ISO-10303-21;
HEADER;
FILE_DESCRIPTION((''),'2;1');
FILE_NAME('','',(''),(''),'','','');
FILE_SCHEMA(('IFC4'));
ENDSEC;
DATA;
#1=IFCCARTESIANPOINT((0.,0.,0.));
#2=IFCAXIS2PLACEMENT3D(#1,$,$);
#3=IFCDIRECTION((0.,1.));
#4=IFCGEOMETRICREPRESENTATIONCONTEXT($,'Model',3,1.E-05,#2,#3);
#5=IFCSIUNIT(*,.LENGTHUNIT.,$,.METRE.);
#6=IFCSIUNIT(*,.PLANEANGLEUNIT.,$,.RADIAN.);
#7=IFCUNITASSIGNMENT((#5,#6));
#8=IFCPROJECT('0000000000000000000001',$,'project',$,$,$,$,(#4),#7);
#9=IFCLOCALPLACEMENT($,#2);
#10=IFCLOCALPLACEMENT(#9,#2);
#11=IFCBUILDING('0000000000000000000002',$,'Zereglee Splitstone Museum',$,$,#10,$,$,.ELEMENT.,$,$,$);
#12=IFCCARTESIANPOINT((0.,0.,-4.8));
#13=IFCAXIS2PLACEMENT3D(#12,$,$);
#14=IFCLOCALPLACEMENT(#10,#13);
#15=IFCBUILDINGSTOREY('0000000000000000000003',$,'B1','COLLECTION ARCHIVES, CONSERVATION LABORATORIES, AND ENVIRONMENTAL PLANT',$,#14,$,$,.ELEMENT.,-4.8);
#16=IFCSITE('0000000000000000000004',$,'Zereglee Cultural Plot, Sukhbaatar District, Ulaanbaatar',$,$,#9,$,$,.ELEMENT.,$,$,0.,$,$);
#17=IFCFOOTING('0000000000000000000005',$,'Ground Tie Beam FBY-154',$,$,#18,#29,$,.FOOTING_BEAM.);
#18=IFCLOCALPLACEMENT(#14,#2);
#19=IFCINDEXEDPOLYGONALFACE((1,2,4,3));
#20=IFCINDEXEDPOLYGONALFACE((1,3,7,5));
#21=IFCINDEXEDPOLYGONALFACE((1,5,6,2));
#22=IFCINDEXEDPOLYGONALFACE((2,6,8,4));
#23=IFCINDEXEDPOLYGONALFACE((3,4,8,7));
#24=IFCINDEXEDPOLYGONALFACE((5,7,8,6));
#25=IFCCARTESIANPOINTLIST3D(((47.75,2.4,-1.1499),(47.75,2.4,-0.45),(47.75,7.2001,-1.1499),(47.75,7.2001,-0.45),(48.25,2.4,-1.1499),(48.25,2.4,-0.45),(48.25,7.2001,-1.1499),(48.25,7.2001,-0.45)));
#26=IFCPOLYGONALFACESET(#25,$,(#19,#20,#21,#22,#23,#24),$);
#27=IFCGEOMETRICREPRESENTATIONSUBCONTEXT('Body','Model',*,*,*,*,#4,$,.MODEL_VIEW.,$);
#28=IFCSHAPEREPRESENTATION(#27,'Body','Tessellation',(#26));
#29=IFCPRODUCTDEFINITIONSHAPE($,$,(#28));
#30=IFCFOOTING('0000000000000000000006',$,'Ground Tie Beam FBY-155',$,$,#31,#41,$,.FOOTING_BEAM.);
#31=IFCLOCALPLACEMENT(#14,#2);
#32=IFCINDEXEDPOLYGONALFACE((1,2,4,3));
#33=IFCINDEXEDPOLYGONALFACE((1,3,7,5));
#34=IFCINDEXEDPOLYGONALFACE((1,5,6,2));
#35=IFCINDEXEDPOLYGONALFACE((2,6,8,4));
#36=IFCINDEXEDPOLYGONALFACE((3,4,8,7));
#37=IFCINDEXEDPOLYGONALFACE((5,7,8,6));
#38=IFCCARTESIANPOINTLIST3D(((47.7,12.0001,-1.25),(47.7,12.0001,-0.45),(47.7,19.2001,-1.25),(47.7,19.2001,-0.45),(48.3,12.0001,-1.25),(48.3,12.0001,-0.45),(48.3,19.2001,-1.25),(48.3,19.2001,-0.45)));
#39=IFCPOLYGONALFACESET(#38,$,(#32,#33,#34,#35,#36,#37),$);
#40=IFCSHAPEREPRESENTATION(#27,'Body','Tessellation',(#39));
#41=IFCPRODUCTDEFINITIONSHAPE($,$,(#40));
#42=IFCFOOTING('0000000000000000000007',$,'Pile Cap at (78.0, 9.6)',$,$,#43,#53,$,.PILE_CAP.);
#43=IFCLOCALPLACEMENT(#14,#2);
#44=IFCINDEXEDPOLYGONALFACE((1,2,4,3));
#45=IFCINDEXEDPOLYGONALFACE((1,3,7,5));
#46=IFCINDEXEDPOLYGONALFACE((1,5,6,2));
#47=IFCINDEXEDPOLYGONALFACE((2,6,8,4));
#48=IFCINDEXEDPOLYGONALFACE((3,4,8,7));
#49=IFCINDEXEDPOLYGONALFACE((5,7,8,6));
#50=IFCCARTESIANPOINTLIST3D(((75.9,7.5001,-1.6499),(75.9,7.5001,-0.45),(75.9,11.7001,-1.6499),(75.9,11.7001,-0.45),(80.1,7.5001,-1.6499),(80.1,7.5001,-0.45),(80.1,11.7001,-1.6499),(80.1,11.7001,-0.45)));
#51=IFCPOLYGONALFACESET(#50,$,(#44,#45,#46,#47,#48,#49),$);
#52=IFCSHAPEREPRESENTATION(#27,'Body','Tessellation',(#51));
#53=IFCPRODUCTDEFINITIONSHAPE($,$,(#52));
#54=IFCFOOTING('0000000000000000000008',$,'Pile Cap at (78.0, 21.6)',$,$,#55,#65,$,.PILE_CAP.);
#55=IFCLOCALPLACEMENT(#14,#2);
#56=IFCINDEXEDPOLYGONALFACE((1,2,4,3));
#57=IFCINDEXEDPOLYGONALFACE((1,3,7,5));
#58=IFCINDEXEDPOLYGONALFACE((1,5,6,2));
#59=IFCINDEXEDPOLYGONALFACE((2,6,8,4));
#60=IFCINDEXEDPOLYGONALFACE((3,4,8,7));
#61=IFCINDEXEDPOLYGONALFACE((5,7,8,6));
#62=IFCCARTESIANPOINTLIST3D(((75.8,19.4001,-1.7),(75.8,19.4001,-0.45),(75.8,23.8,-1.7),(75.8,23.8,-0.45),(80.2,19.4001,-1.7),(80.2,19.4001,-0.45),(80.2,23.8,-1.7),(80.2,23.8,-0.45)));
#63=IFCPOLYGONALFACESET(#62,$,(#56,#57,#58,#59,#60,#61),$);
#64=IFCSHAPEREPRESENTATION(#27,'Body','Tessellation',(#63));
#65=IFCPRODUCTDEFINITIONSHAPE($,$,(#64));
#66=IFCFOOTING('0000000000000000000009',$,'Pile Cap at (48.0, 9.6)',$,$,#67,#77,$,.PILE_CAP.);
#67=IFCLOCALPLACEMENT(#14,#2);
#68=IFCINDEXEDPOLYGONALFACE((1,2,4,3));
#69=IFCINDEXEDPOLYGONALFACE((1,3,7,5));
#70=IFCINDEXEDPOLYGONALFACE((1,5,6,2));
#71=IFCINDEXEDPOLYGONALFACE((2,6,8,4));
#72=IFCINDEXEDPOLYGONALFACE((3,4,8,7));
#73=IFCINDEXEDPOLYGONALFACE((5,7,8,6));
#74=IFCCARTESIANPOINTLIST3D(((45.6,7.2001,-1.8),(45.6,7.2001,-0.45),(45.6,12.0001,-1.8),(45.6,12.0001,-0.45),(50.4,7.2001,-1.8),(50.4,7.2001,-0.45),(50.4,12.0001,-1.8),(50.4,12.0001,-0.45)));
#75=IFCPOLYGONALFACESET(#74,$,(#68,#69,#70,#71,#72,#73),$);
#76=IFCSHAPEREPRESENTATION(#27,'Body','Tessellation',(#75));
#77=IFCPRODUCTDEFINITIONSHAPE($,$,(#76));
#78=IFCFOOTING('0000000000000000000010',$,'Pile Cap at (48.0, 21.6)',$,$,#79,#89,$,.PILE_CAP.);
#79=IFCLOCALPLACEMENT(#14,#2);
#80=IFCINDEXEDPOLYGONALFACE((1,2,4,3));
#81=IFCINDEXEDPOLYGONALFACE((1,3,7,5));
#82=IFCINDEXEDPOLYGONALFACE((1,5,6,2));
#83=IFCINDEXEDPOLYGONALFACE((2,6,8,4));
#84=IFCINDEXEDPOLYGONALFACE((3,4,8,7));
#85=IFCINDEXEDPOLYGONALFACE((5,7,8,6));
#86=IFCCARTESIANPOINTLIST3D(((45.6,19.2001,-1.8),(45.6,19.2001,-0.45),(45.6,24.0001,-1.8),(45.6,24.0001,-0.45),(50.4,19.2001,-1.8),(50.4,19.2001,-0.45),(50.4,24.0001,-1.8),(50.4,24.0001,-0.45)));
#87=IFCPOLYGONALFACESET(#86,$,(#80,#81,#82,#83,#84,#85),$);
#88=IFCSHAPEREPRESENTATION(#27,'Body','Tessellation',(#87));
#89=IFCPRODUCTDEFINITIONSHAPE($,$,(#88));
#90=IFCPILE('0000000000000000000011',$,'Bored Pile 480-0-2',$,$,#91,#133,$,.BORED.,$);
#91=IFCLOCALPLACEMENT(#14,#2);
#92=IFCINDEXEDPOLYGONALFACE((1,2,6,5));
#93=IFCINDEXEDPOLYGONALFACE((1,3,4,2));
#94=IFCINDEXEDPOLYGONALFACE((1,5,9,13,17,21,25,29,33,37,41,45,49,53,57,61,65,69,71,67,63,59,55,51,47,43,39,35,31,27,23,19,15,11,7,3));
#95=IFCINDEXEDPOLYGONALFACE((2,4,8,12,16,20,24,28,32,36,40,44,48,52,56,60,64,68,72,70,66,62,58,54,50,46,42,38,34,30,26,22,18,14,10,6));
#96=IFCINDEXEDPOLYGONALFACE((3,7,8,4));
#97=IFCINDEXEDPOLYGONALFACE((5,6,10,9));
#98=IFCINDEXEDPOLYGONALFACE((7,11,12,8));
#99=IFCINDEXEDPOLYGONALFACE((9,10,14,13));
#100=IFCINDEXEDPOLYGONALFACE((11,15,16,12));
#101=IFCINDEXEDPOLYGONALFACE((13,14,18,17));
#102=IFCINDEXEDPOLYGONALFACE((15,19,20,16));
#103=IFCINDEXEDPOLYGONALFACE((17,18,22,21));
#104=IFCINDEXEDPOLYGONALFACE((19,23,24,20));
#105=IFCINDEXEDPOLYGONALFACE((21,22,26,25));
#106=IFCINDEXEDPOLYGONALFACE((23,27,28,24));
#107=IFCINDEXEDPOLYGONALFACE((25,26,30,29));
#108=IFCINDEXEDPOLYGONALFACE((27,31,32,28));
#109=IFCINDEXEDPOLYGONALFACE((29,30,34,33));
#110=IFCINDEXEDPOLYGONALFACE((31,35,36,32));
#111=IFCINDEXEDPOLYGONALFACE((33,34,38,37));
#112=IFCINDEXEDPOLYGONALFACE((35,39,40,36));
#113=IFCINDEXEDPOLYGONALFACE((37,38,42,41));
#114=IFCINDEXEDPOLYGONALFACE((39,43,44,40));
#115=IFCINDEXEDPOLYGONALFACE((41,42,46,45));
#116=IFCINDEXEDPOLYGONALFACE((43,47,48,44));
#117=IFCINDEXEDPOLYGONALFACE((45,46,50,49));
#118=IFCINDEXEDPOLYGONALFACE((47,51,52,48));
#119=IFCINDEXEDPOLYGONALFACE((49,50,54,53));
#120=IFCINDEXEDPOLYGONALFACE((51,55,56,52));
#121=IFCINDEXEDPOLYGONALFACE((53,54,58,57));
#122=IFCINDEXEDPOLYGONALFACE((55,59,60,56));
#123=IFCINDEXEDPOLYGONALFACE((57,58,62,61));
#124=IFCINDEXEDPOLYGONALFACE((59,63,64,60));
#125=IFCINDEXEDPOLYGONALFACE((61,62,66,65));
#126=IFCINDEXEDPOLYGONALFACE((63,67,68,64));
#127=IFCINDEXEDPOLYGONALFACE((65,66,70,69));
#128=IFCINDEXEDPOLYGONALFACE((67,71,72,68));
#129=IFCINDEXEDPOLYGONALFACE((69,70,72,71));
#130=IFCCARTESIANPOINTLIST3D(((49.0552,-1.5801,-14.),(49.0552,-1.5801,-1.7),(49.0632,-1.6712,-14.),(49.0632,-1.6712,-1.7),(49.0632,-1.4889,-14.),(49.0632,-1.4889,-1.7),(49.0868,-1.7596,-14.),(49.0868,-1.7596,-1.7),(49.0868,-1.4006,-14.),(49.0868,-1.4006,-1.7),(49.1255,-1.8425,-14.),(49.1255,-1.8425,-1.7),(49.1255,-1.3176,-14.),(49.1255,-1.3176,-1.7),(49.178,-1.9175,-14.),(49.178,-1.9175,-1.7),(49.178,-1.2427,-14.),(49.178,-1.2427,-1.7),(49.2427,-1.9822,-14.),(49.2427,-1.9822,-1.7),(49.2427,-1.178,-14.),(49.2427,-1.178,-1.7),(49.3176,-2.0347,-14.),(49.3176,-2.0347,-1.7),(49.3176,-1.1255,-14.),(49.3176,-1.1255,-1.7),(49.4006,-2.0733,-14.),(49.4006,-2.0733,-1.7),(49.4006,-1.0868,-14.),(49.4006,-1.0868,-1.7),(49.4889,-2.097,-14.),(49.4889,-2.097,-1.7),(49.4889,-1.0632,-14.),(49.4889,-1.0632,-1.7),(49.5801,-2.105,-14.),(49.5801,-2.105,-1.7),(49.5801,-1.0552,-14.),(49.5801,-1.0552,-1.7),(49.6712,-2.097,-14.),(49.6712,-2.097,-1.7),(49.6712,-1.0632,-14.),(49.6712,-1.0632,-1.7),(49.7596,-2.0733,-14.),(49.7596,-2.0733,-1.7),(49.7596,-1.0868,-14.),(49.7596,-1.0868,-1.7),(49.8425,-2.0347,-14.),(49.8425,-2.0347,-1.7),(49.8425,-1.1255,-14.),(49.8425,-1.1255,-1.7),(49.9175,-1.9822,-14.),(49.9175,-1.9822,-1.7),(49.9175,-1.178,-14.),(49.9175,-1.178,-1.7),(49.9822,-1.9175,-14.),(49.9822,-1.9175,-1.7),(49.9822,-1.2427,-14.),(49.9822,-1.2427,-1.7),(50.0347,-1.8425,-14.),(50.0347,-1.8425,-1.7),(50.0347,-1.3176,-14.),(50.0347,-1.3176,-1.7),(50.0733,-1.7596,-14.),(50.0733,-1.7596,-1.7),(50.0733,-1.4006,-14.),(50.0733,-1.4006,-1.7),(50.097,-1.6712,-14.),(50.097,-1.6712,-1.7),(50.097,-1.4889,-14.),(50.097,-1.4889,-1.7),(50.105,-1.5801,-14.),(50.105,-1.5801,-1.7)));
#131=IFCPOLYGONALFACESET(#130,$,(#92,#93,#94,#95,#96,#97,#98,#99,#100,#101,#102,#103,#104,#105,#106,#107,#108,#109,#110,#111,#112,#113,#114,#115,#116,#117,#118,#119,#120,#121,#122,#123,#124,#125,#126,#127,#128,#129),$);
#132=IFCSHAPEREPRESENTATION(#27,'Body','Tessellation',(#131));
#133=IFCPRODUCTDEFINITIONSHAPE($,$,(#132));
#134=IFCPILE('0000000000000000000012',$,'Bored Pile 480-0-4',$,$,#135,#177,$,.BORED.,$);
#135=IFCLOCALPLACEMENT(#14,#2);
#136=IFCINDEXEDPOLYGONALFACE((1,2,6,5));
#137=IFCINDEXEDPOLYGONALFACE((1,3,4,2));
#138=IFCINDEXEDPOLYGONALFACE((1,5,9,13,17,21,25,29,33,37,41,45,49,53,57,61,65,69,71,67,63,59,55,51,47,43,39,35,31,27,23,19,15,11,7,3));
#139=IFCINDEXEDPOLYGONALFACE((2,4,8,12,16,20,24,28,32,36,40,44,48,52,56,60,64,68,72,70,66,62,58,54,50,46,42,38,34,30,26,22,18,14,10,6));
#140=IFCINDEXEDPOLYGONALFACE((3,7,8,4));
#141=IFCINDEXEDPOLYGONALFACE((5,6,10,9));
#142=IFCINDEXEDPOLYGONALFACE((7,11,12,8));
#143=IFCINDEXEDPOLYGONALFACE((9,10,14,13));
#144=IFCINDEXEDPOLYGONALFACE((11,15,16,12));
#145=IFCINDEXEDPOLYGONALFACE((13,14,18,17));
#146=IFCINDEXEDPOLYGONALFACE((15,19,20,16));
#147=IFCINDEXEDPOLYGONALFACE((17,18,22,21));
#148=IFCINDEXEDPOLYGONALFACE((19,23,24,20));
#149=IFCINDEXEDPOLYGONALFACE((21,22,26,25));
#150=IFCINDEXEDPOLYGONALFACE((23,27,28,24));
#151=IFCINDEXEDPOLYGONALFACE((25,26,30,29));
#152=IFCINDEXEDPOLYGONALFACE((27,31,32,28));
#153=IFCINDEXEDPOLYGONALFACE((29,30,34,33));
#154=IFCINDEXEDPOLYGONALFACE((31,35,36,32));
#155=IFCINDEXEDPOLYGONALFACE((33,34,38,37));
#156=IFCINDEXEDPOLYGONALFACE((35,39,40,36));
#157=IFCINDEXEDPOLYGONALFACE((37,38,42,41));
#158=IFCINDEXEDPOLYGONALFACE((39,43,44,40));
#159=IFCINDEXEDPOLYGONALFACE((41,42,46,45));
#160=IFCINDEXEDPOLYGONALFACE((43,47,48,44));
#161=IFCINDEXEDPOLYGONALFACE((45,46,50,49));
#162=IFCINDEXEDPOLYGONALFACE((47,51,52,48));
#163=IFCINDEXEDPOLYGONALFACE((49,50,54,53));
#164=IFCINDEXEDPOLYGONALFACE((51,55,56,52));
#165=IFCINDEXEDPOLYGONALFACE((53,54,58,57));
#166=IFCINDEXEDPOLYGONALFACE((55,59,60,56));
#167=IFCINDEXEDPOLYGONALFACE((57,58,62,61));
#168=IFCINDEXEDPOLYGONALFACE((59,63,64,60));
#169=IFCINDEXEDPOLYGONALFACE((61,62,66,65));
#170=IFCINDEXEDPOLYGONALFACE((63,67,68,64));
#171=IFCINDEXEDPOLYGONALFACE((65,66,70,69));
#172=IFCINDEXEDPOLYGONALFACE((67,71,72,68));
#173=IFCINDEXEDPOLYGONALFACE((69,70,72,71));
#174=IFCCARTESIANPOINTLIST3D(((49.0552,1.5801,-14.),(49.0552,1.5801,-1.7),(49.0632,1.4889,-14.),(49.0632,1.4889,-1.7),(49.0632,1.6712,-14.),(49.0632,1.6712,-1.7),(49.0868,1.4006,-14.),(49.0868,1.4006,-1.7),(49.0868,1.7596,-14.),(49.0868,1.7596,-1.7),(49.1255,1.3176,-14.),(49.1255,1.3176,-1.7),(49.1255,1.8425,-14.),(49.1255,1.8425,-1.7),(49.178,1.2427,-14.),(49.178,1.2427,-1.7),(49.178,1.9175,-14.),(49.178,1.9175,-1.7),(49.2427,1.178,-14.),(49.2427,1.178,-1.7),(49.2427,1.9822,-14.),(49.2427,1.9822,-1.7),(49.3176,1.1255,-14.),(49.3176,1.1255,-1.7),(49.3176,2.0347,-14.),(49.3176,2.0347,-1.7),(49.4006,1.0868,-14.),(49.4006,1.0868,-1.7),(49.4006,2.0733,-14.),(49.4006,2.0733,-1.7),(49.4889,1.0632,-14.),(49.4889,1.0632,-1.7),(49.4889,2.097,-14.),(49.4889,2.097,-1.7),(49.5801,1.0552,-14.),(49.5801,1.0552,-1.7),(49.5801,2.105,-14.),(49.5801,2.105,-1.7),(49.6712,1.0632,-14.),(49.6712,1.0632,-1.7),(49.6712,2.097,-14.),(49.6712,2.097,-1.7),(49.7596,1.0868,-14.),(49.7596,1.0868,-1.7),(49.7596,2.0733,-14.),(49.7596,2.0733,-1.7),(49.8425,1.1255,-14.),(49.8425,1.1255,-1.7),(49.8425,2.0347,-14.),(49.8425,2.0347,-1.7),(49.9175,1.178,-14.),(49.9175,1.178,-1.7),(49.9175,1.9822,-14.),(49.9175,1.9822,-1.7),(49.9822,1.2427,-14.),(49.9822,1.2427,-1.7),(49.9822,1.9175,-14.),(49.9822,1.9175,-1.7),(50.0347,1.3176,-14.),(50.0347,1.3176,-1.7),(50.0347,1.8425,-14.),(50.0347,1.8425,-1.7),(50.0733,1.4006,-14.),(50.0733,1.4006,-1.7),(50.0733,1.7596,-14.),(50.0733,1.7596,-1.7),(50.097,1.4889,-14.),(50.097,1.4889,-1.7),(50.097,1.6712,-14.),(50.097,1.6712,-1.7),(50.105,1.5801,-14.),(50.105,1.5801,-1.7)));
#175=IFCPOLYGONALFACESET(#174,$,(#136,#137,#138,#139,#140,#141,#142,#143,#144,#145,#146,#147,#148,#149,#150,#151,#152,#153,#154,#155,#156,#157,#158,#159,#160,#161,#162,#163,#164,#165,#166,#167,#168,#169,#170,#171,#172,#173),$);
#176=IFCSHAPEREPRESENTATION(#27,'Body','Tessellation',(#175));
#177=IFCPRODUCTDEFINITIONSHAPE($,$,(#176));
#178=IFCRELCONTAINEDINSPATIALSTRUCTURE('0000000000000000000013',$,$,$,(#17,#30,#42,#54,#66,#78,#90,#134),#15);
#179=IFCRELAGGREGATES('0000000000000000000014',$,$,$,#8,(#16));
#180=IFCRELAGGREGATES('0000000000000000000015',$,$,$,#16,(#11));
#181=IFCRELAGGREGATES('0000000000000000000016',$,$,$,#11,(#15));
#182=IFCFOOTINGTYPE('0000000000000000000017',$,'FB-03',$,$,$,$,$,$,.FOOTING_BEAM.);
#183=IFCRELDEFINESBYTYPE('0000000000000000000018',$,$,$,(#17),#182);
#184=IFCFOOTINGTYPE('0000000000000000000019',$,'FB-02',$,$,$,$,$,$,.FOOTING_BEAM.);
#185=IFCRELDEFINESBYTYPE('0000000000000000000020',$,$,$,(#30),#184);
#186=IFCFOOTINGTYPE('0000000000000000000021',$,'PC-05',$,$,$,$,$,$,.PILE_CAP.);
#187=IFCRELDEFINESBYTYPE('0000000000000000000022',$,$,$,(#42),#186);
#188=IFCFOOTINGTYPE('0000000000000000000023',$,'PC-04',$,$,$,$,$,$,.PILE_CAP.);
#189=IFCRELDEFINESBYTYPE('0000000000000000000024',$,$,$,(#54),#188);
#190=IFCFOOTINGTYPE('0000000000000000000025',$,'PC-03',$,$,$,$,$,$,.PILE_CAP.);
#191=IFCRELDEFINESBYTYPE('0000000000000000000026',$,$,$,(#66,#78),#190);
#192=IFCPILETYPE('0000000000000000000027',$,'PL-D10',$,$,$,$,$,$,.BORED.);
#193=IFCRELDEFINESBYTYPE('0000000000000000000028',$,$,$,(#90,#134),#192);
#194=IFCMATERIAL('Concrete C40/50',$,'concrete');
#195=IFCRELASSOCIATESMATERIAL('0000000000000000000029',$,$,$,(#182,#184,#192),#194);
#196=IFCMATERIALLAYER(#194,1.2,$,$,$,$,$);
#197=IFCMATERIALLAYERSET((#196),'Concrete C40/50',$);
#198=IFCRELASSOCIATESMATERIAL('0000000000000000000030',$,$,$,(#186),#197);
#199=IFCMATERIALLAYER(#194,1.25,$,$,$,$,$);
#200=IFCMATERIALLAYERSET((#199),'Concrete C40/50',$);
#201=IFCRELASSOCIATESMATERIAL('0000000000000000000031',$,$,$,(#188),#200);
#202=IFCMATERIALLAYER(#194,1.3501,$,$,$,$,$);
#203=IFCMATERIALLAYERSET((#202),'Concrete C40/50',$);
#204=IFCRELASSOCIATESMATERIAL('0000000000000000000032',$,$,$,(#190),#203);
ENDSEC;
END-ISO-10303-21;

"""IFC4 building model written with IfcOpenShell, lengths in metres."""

from ifc_helpers import new_model, si_unit, direction, frame, origin, origin_2d, place, context, subcontext, project, spatial, rectangle, circle, extrude, material, layer, layer_set, material_profile, profile_set, type_object, element, save


model = new_model("IFC4")

# Units and contexts
model_context = context("Model", 3, precision=1e-05, world=origin(), true_north=direction((0.0, 1.0)))
body_context = subcontext(model_context, "Body", "Model", "MODEL_VIEW")
ifc_project = project(units=[si_unit("LENGTHUNIT", "METRE"), si_unit("PLANEANGLEUNIT", "RADIAN")], contexts=[model_context])

# Site, building, storey
site_placement = place(None, origin())
site = spatial("IfcSite", under=ifc_project, at=site_placement, Name="Zereglee Cultural Plot, Sukhbaatar District, Ulaanbaatar", CompositionType="ELEMENT", RefElevation=0.0)
building_placement = place(site_placement, origin())
building = spatial("IfcBuilding", under=site, at=building_placement, Name="Zereglee Splitstone Museum", CompositionType="ELEMENT")
storey_placement = place(building_placement, frame((0.0, 0.0, -4.8)))
storey = spatial("IfcBuildingStorey", under=building, at=storey_placement, Name="B1", Description="COLLECTION ARCHIVES, CONSERVATION LABORATORIES, AND ENVIRONMENTAL PLANT", CompositionType="ELEMENT", Elevation=-4.8)

# Footings
ifc_material_1 = material(Name="Concrete C40/50", Category="concrete")
footing_type_1 = type_object("IfcFootingType", Name="FB-03", PredefinedType="FOOTING_BEAM", material=ifc_material_1)
footing_1_placement = place(storey_placement, frame((48.0, 4.8, -1.1499), z_axis=(0.0, 0.0, 1.0), x_axis=(0.0, 1.0, 0.0)))
element("IfcFooting", 1, at=footing_1_placement, inside=storey, type_object=footing_type_1, Name="Ground Tie Beam FBY-154", PredefinedType="FOOTING_BEAM", context=body_context, shape_type="SweptSolid", body=[
    extrude(rectangle(XDim=4.8, YDim=0.5, at=origin_2d()), origin(), (0.0, 0.0, 1.0), 0.7),
])
footing_type_2 = type_object("IfcFootingType", Name="FB-02", PredefinedType="FOOTING_BEAM", material=ifc_material_1)
footing_2_placement = place(storey_placement, frame((48.0, 15.6001, -1.25), z_axis=(0.0, 0.0, 1.0), x_axis=(0.0, 1.0, 0.0)))
element("IfcFooting", 2, at=footing_2_placement, inside=storey, type_object=footing_type_2, Name="Ground Tie Beam FBY-155", PredefinedType="FOOTING_BEAM", context=body_context, shape_type="SweptSolid", body=[
    extrude(rectangle(XDim=7.2, YDim=0.6001, at=origin_2d()), origin(), (0.0, 0.0, 1.0), 0.8),
])
ifc_layer_1 = layer(ifc_material_1, 1.2)
ifc_layer_set_1 = layer_set([ifc_layer_1], Name="Concrete C40/50")
footing_type_3 = type_object("IfcFootingType", Name="PC-05", PredefinedType="PILE_CAP", material=ifc_layer_set_1)
footing_3_placement = place(storey_placement, frame((78.0, 9.6001, -1.6499), z_axis=(0.0, 0.0, 1.0), x_axis=(1.0, 0.0, 0.0)))
element("IfcFooting", 3, at=footing_3_placement, inside=storey, type_object=footing_type_3, Name="Pile Cap at (78.0, 9.6)", PredefinedType="PILE_CAP", context=body_context, shape_type="SweptSolid", body=[
    extrude(rectangle(XDim=4.2, YDim=4.2, at=origin_2d()), origin(), (0.0, 0.0, 1.0), 1.2),
])
ifc_layer_2 = layer(ifc_material_1, 1.25)
ifc_layer_set_2 = layer_set([ifc_layer_2], Name="Concrete C40/50")
footing_type_4 = type_object("IfcFootingType", Name="PC-04", PredefinedType="PILE_CAP", material=ifc_layer_set_2)
footing_4_placement = place(storey_placement, frame((78.0, 21.6001, -1.7), z_axis=(0.0, 0.0, 1.0), x_axis=(1.0, 0.0, 0.0)))
element("IfcFooting", 4, at=footing_4_placement, inside=storey, type_object=footing_type_4, Name="Pile Cap at (78.0, 21.6)", PredefinedType="PILE_CAP", context=body_context, shape_type="SweptSolid", body=[
    extrude(rectangle(XDim=4.3999, YDim=4.3999, at=origin_2d()), origin(), (0.0, 0.0, 1.0), 1.25),
])
ifc_layer_3 = layer(ifc_material_1, 1.3501)
ifc_layer_set_3 = layer_set([ifc_layer_3], Name="Concrete C40/50")
footing_type_5 = type_object("IfcFootingType", Name="PC-03", PredefinedType="PILE_CAP", material=ifc_layer_set_3)
for number, where, z_axis, x_axis, name in (
    (5, (48.0, 9.6001, -1.8), (0.0, 0.0, 1.0), (1.0, 0.0, 0.0), "Pile Cap at (48.0, 9.6)"),
    (6, (48.0, 21.6001, -1.8), (0.0, 0.0, 1.0), (1.0, 0.0, 0.0), "Pile Cap at (48.0, 21.6)"),
):
    element("IfcFooting", number, at=place(storey_placement, frame(where, z_axis=z_axis, x_axis=x_axis)), inside=storey, type_object=footing_type_5, Name=name, PredefinedType="PILE_CAP", context=body_context, shape_type="SweptSolid", body=[
        extrude(rectangle(XDim=4.8, YDim=4.8, at=origin_2d()), origin(), (0.0, 0.0, 1.0), 1.3501),
    ])

# Piles
ifc_material_profile_1 = material_profile(ifc_material_1, circle(Radius=0.5249, at=origin_2d()), Name="PILE D1050")
ifc_profile_set_1 = profile_set([ifc_material_profile_1], Name="Concrete C40/50")
pile_type_1 = type_object("IfcPileType", Name="PL-D10", PredefinedType="BORED", material=ifc_profile_set_1)
for number, where, z_axis, x_axis, name in (
    (7, (49.5801, -1.5801, -1.7), (0.0, 0.0, -1.0), (1.0, 0.0, 0.0), "Bored Pile 480-0-2"),
    (8, (49.5801, 1.5801, -1.7), (0.0, 0.0, -1.0), (1.0, 0.0, 0.0), "Bored Pile 480-0-4"),
):
    element("IfcPile", number, at=place(storey_placement, frame(where, z_axis=z_axis, x_axis=x_axis)), inside=storey, type_object=pile_type_1, Name=name, PredefinedType="BORED", context=body_context, shape_type="SweptSolid", body=[
        extrude(circle(Radius=0.5249, at=origin_2d()), origin(), (0.0, 0.0, 1.0), 12.3),
    ])

save(model, "model.ifc")
